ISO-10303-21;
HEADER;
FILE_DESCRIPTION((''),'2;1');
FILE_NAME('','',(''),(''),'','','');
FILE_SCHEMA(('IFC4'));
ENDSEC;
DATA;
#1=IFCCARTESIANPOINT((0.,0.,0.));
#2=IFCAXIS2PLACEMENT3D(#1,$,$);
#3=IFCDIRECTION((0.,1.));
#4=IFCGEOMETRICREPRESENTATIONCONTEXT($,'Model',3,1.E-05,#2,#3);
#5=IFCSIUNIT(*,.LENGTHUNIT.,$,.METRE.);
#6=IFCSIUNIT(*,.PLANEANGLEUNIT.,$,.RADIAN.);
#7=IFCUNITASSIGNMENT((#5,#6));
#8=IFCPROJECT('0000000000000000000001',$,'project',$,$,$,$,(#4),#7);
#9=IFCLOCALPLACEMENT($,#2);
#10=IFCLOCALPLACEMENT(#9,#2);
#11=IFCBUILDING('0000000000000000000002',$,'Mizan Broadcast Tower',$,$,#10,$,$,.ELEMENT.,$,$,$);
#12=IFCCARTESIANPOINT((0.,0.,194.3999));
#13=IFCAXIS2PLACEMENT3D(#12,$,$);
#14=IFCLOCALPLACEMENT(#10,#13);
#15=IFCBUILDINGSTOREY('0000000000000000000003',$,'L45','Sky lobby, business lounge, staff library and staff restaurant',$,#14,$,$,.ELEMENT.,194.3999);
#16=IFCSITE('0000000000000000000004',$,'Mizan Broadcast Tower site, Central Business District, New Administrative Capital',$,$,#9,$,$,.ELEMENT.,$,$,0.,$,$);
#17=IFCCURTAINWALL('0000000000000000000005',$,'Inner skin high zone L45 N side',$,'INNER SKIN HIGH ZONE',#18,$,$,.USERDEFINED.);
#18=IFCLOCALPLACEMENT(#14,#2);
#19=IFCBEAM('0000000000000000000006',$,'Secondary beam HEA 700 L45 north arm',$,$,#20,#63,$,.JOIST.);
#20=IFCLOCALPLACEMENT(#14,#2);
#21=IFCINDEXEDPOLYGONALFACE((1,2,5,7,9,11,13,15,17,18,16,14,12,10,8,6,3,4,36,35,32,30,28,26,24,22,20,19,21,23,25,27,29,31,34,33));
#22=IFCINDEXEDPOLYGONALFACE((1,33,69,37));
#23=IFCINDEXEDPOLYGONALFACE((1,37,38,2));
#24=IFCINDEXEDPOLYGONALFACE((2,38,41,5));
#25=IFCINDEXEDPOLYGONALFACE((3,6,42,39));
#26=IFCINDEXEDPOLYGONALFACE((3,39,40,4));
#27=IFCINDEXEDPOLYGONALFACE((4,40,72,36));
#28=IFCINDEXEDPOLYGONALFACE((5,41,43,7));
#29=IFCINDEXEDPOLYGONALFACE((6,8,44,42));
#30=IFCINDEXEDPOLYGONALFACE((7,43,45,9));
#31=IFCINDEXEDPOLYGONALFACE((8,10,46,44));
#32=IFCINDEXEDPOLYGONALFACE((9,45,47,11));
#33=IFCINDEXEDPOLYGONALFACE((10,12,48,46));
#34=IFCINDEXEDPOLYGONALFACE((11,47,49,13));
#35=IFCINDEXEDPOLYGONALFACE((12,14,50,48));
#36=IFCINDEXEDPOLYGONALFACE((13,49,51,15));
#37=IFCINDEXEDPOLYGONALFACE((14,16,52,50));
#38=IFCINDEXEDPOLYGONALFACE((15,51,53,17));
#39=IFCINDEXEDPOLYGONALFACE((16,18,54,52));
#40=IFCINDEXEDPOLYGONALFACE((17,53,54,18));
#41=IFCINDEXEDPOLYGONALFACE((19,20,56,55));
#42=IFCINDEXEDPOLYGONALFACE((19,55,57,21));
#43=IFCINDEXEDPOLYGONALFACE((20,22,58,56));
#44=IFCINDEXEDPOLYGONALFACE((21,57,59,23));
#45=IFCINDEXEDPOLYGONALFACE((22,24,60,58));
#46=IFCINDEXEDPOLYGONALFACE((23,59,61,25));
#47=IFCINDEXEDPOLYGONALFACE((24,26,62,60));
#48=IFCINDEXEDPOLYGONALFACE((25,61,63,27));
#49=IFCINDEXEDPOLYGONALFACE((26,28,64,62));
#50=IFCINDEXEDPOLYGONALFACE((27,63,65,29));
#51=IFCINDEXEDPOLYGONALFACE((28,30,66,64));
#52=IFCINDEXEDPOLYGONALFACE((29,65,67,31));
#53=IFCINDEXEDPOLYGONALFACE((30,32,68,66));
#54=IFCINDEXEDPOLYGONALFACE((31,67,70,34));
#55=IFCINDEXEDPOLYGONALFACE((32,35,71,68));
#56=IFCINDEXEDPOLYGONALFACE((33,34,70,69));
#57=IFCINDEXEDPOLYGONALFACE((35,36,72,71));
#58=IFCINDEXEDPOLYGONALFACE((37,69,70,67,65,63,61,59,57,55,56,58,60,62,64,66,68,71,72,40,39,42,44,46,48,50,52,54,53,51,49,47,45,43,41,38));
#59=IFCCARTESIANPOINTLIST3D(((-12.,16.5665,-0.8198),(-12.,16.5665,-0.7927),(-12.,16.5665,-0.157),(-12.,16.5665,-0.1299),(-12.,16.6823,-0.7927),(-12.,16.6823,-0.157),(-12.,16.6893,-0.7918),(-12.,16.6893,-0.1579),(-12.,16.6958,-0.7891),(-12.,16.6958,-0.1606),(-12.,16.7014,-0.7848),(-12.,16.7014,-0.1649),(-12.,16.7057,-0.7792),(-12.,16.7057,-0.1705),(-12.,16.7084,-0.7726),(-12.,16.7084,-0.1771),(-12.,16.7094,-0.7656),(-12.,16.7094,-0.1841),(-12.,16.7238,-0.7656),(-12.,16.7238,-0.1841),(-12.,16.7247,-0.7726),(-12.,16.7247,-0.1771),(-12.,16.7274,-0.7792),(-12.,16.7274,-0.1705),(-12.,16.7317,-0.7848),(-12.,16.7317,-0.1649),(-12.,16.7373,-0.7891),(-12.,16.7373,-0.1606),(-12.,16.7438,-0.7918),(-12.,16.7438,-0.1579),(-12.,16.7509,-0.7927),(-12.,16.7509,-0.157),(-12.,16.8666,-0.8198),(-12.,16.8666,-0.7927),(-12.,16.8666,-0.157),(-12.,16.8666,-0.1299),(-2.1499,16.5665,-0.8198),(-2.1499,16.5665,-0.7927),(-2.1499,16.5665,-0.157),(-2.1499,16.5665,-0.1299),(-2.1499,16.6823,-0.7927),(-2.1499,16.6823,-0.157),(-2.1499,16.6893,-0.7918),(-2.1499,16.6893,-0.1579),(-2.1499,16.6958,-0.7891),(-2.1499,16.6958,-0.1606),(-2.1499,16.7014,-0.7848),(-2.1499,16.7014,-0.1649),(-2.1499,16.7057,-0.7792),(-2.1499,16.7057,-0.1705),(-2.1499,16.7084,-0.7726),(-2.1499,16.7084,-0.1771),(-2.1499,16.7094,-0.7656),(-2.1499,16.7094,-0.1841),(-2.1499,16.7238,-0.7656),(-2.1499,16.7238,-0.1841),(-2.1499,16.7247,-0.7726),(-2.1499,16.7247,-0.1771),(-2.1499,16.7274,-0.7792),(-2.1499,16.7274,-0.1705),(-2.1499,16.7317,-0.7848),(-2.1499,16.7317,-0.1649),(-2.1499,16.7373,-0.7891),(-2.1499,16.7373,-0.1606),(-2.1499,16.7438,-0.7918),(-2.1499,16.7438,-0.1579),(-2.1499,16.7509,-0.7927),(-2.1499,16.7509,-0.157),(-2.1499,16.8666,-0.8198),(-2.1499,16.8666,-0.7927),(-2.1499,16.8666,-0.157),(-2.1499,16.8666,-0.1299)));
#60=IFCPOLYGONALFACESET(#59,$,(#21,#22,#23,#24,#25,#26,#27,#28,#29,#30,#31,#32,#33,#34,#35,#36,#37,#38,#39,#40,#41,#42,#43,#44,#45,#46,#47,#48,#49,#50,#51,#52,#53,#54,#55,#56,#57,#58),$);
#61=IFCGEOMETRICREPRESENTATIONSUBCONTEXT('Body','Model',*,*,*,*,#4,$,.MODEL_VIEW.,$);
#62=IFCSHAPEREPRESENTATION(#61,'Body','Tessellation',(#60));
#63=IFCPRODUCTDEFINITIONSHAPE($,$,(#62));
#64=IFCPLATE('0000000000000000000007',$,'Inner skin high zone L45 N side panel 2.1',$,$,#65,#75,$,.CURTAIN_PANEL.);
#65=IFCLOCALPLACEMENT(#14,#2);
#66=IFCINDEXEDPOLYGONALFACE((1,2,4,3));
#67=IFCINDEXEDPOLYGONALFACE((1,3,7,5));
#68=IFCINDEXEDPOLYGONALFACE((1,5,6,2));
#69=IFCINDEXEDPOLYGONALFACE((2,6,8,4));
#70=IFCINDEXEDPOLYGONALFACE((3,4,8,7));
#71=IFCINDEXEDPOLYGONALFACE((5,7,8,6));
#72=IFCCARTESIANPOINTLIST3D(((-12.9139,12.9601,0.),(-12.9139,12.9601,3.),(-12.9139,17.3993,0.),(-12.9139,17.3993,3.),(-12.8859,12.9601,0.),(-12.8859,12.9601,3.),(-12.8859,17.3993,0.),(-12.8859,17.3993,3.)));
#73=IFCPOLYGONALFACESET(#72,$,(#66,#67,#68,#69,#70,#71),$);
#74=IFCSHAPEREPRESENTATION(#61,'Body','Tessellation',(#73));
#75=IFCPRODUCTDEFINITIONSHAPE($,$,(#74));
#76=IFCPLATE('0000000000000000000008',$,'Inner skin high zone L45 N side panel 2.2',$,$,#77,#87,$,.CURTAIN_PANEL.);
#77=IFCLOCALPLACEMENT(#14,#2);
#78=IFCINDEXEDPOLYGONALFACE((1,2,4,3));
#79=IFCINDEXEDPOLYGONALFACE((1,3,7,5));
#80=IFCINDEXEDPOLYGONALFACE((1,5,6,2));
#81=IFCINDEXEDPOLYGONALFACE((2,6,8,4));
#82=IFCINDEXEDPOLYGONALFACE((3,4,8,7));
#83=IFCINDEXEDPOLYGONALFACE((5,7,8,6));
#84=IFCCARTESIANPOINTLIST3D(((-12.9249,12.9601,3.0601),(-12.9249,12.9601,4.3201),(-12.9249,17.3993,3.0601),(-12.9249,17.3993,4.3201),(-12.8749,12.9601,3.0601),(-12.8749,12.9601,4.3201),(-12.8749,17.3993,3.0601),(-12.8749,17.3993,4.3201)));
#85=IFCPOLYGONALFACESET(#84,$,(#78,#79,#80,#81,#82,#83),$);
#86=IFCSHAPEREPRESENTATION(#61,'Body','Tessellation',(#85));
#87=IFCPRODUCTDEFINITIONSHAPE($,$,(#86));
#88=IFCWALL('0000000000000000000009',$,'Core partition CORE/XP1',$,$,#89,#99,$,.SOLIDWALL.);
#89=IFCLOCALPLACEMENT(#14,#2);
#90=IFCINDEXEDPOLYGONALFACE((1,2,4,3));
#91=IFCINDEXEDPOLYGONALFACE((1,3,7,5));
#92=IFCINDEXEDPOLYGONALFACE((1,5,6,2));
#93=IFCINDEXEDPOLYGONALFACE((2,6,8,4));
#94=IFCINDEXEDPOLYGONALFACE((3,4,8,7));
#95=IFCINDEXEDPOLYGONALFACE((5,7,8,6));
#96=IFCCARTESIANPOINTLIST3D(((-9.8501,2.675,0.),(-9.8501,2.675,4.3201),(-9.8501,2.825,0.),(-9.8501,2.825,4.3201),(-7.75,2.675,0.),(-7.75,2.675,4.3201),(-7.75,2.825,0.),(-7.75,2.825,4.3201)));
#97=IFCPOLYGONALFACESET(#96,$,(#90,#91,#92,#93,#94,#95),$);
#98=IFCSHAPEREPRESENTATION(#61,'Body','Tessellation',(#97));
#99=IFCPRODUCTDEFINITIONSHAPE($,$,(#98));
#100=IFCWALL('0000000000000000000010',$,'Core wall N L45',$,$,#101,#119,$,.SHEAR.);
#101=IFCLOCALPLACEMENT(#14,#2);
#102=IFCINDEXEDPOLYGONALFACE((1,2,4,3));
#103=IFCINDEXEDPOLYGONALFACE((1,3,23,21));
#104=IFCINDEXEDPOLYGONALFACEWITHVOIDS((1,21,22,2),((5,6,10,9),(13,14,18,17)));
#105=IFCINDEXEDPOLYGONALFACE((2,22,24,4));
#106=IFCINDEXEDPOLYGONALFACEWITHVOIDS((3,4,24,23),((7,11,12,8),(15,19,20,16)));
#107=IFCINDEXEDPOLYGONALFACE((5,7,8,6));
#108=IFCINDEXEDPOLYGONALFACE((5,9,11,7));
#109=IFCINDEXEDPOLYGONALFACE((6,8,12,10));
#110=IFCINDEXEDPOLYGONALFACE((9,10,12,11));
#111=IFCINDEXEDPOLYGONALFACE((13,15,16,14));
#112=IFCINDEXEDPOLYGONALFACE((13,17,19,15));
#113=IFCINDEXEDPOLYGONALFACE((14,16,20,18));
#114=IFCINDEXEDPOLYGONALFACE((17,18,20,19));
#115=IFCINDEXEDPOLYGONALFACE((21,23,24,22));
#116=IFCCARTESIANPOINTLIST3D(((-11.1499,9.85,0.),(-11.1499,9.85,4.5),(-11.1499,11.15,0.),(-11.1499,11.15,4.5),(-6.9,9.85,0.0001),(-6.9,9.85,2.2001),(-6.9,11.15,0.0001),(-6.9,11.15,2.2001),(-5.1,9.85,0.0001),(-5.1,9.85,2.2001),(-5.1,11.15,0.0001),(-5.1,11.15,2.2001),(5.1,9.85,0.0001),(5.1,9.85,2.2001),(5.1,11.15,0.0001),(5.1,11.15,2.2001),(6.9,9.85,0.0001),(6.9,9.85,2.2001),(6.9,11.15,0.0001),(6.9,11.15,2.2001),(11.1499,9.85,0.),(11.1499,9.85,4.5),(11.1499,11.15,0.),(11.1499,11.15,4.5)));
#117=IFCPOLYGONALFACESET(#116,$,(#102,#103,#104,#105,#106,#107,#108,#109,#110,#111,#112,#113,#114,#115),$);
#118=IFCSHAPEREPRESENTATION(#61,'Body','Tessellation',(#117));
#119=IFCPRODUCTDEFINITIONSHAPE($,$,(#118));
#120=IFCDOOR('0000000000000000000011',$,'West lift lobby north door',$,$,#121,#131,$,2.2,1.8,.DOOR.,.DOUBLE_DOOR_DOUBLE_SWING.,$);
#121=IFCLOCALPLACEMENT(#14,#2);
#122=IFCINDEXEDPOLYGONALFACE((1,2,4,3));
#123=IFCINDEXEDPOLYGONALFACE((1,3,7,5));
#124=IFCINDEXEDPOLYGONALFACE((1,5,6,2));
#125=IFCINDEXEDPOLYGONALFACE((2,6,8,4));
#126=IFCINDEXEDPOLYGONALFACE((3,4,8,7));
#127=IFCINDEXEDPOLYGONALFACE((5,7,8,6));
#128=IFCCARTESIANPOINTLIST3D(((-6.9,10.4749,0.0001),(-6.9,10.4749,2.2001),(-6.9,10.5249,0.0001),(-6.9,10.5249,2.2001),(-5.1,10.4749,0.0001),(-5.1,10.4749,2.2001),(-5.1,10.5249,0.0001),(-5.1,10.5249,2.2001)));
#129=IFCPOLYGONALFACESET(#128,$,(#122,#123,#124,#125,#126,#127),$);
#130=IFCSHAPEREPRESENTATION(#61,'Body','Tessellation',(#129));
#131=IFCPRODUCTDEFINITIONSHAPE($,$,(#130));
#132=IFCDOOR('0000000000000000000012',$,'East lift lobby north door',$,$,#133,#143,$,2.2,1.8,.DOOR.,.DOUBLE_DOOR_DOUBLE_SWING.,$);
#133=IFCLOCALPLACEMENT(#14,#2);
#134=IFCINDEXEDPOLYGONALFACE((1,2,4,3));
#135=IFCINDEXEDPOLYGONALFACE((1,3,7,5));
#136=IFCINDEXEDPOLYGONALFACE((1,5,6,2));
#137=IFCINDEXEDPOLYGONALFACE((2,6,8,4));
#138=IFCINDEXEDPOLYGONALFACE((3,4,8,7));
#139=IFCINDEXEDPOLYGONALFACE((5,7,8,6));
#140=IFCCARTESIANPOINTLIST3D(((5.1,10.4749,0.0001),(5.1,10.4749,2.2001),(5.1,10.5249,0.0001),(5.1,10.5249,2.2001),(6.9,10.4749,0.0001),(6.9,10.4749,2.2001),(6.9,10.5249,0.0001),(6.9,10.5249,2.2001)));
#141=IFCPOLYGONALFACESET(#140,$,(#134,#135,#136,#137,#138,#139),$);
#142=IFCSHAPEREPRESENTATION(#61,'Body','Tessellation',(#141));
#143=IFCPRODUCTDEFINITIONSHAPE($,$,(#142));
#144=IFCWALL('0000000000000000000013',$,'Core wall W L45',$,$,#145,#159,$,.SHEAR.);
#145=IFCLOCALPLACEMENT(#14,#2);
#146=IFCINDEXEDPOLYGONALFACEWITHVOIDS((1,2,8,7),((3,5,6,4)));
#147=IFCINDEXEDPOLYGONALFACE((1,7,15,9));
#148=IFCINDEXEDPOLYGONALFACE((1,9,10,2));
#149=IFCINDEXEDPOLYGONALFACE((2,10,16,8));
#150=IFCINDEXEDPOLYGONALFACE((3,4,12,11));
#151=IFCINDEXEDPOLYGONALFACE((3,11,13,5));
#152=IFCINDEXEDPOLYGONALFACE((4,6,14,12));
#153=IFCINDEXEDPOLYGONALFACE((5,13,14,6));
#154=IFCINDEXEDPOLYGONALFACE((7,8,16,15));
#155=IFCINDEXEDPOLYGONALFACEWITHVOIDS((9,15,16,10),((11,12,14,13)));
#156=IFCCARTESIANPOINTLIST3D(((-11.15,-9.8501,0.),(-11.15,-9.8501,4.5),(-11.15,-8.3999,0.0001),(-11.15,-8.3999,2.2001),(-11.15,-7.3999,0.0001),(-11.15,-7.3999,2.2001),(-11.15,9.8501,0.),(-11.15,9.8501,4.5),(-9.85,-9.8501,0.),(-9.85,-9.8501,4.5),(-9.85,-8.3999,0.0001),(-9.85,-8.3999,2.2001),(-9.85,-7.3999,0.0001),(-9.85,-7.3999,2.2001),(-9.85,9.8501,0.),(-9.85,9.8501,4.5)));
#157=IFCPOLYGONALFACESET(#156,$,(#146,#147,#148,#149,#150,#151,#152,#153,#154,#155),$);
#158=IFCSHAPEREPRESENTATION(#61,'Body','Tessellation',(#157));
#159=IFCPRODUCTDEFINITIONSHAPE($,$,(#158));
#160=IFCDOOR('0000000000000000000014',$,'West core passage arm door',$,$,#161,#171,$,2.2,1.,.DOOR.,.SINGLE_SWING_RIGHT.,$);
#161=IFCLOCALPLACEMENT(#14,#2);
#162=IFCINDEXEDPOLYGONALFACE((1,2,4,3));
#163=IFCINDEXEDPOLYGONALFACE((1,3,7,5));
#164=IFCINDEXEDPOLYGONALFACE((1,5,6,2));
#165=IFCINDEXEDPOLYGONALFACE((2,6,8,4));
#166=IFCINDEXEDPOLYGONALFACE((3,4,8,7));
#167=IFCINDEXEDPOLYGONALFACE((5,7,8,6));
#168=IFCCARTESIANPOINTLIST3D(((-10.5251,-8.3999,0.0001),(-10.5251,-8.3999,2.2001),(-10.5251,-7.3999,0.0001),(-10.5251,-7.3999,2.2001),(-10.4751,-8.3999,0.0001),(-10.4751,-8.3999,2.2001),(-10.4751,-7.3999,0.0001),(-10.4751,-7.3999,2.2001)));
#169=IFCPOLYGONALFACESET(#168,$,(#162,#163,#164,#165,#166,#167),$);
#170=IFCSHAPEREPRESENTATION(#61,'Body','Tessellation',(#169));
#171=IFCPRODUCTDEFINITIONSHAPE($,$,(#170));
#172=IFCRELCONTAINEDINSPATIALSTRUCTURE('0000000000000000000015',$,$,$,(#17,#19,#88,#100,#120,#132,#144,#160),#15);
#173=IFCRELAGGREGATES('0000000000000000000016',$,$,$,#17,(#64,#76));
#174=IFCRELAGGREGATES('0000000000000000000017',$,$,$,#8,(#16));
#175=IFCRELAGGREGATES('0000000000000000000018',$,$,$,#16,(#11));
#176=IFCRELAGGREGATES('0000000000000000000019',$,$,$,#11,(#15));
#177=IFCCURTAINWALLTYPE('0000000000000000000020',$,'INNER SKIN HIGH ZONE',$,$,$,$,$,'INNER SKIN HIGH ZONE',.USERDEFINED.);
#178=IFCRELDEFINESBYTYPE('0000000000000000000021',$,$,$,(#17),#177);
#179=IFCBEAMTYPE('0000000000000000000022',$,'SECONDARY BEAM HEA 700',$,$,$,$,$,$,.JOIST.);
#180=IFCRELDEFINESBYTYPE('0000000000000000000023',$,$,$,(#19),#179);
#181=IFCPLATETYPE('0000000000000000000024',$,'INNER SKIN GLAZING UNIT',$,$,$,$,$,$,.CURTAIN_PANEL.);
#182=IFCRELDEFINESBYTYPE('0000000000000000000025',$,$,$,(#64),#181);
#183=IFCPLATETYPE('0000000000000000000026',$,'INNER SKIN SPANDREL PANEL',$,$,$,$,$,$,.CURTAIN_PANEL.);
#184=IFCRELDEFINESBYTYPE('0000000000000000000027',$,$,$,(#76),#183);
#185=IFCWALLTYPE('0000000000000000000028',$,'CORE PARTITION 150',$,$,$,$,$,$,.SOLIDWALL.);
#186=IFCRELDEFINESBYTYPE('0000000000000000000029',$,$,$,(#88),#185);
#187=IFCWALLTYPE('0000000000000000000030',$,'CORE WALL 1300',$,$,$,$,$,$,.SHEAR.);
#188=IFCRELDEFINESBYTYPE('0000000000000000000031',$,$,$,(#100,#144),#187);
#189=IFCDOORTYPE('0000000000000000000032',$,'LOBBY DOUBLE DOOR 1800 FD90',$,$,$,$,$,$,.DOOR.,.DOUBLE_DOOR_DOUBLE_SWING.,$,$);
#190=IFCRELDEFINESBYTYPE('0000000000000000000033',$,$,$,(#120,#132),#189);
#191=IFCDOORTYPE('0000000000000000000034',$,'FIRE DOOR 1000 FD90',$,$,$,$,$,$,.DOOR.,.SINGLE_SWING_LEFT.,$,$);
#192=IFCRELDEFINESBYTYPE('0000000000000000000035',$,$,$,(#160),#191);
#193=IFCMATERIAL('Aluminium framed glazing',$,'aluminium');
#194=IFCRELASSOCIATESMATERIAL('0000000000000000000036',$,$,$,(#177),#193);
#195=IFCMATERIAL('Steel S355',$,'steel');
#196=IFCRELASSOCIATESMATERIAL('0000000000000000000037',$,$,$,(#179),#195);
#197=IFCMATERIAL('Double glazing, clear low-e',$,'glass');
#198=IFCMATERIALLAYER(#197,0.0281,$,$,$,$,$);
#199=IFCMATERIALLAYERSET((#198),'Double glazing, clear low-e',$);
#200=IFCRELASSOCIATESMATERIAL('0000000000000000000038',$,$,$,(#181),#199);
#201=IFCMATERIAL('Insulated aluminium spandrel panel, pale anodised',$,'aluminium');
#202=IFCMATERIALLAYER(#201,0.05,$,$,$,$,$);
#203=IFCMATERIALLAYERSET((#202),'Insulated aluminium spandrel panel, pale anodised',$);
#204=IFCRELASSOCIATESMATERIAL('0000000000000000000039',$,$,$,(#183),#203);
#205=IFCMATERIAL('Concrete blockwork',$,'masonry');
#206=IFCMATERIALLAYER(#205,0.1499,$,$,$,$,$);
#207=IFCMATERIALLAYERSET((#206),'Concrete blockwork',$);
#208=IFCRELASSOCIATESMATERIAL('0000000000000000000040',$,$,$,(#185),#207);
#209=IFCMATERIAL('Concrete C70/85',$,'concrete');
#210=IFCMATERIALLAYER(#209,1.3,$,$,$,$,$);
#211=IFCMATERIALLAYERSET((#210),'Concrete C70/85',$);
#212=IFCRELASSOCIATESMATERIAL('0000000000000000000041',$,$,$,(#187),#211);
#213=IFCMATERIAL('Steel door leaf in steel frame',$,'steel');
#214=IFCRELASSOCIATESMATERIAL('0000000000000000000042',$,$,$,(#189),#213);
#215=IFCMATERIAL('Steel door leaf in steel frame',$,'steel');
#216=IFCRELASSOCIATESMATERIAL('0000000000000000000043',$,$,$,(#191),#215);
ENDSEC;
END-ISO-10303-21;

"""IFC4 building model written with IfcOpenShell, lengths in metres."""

from ifc_helpers import new_model, si_unit, direction, frame, frame_2d, origin, origin_2d, place, context, subcontext, project, spatial, rectangle, i_section, extrude, material, layer, layer_set, material_profile, profile_set, type_object, element, fill, aggregate, save


model = new_model("IFC4")

# Units and contexts
model_context = context("Model", 3, precision=1e-05, world=origin(), true_north=direction((0.0, 1.0)))
body_context = subcontext(model_context, "Body", "Model", "MODEL_VIEW")
ifc_project = project(units=[si_unit("LENGTHUNIT", "METRE"), si_unit("PLANEANGLEUNIT", "RADIAN")], contexts=[model_context])

# Site, building, storey
site_placement = place(None, origin())
site = spatial("IfcSite", under=ifc_project, at=site_placement, Name="Mizan Broadcast Tower site, Central Business District, New Administrative Capital", CompositionType="ELEMENT", RefElevation=0.0)
building_placement = place(site_placement, origin())
building = spatial("IfcBuilding", under=site, at=building_placement, Name="Mizan Broadcast Tower", CompositionType="ELEMENT")
storey_placement = place(building_placement, frame((0.0, 0.0, 194.3999)))
storey = spatial("IfcBuildingStorey", under=building, at=storey_placement, Name="L45", Description="Sky lobby, business lounge, staff library and staff restaurant", CompositionType="ELEMENT", Elevation=194.3999)

# Curtain wall
ifc_material_1 = material(Name="Aluminium framed glazing", Category="aluminium")
curtain_wall_type = type_object("IfcCurtainWallType", Name="INNER SKIN HIGH ZONE", ElementType="INNER SKIN HIGH ZONE", PredefinedType="USERDEFINED", material=ifc_material_1)
curtain_wall_1_placement = place(storey_placement, origin())
curtain_wall_1 = element("IfcCurtainWall", 1, at=curtain_wall_1_placement, inside=storey, type_object=curtain_wall_type, Name="Inner skin high zone L45 N side", ObjectType="INNER SKIN HIGH ZONE", PredefinedType="USERDEFINED")

# Beam
ifc_material_2 = material(Name="Steel S355", Category="steel")
ifc_material_profile_1 = material_profile(ifc_material_2, i_section(OverallWidth=0.3, OverallDepth=0.6899, WebThickness=0.0144, FlangeThickness=0.0271, FilletRadius=0.0271, at=origin_2d()), Name="HEA 700")
ifc_profile_set_1 = profile_set([ifc_material_profile_1], Name="Steel S355")
beam_type_1 = type_object("IfcBeamType", Name="SECONDARY BEAM HEA 700", PredefinedType="JOIST", material=ifc_profile_set_1)
for number, where, z_axis, x_axis, name in (
    (2, (-12.0, 16.7166, -0.4749), (1.0, 0.0, 0.0), (0.0, 1.0, 0.0), "Secondary beam HEA 700 L45 north arm"),
):
    element("IfcBeam", number, at=place(storey_placement, frame(where, z_axis=z_axis, x_axis=x_axis)), inside=storey, type_object=beam_type_1, Name=name, PredefinedType="JOIST", context=body_context, shape_type="SweptSolid", body=[
        extrude(i_section(OverallWidth=0.3, OverallDepth=0.6899, WebThickness=0.0144, FlangeThickness=0.0271, FilletRadius=0.0271, at=origin_2d()), origin(), (0.0, 0.0, 1.0), 9.8501),
    ])

# Plates
ifc_material_3 = material(Name="Double glazing, clear low-e", Category="glass")
ifc_layer_1 = layer(ifc_material_3, 0.0281)
ifc_layer_set_1 = layer_set([ifc_layer_1], Name="Double glazing, clear low-e")
plate_type_1 = type_object("IfcPlateType", Name="INNER SKIN GLAZING UNIT", PredefinedType="CURTAIN_PANEL", material=ifc_layer_set_1)
plate_1_placement = place(storey_placement, frame((-12.8999, 15.1797, 0.0), z_axis=(0.0, 0.0, 1.0), x_axis=(0.0, -1.0, 0.0)))
plate_1 = element("IfcPlate", 3, at=plate_1_placement, type_object=plate_type_1, Name="Inner skin high zone L45 N side panel 2.1", PredefinedType="CURTAIN_PANEL", context=body_context, shape_type="SweptSolid", body=[
    extrude(rectangle(XDim=4.4392, YDim=0.0281, at=origin_2d()), origin(), (0.0, 0.0, 1.0), 3.0),
])
ifc_material_4 = material(Name="Insulated aluminium spandrel panel, pale anodised", Category="aluminium")
ifc_layer_2 = layer(ifc_material_4, 0.05)
ifc_layer_set_2 = layer_set([ifc_layer_2], Name="Insulated aluminium spandrel panel, pale anodised")
plate_type_2 = type_object("IfcPlateType", Name="INNER SKIN SPANDREL PANEL", PredefinedType="CURTAIN_PANEL", material=ifc_layer_set_2)
plate_2_placement = place(storey_placement, frame((-12.8999, 15.1797, 3.0601), z_axis=(0.0, 0.0, 1.0), x_axis=(0.0, -1.0, 0.0)))
plate_2 = element("IfcPlate", 4, at=plate_2_placement, type_object=plate_type_2, Name="Inner skin high zone L45 N side panel 2.2", PredefinedType="CURTAIN_PANEL", context=body_context, shape_type="SweptSolid", body=[
    extrude(rectangle(XDim=4.4392, YDim=0.05, at=origin_2d()), origin(), (0.0, 0.0, 1.0), 1.26),
])
aggregate(curtain_wall_1, [plate_1, plate_2])

# Wall
ifc_material_5 = material(Name="Concrete blockwork", Category="masonry")
ifc_layer_3 = layer(ifc_material_5, 0.1499)
ifc_layer_set_3 = layer_set([ifc_layer_3], Name="Concrete blockwork")
wall_type_1 = type_object("IfcWallType", Name="CORE PARTITION 150", PredefinedType="SOLIDWALL", material=ifc_layer_set_3)
wall_1_placement = place(storey_placement, frame((-9.8501, 2.75, 0.0), z_axis=(0.0, 0.0, 1.0), x_axis=(1.0, 0.0, 0.0)))
element("IfcWall", 5, at=wall_1_placement, inside=storey, type_object=wall_type_1, Name="Core partition CORE/XP1", PredefinedType="SOLIDWALL", context=body_context, shape_type="SweptSolid", body=[
    extrude(rectangle(XDim=2.1001, YDim=0.1499, at=frame_2d((1.05, 0.0))), origin(), (0.0, 0.0, 1.0), 4.3201),
])

# Wall, openings, doors
ifc_material_6 = material(Name="Concrete C70/85", Category="concrete")
ifc_layer_4 = layer(ifc_material_6, 1.3)
ifc_layer_set_4 = layer_set([ifc_layer_4], Name="Concrete C70/85")
wall_type_2 = type_object("IfcWallType", Name="CORE WALL 1300", PredefinedType="SHEAR", material=ifc_layer_set_4)
wall_2_placement = place(storey_placement, frame((-11.1499, 10.5, 0.0), z_axis=(0.0, 0.0, 1.0), x_axis=(1.0, 0.0, 0.0)))
wall_2 = element("IfcWall", 6, at=wall_2_placement, inside=storey, type_object=wall_type_2, Name="Core wall N L45", PredefinedType="SHEAR", context=body_context, shape_type="SweptSolid", body=[
    extrude(rectangle(XDim=22.2998, YDim=1.3, at=frame_2d((11.1499, 0.0))), origin(), (0.0, 0.0, 1.0), 4.5),
])
opening_1_placement = place(wall_2_placement, frame((4.25, 0.0, 0.0)))
opening_1 = element("IfcOpeningElement", 7, at=opening_1_placement, cuts=wall_2, PredefinedType="OPENING", context=body_context, shape_type="SweptSolid", body=[
    extrude(rectangle(XDim=1.8, YDim=2.2, at=frame_2d((0.8999, 1.1001))), frame((0.0, 0.6599, 0.0), z_axis=(0.0, -1.0, 0.0), x_axis=(1.0, 0.0, 0.0)), (0.0, 0.0, 1.0), 1.3201),
])
opening_2_placement = place(wall_2_placement, frame((16.25, 0.0, 0.0)))
opening_2 = element("IfcOpeningElement", 8, at=opening_2_placement, cuts=wall_2, PredefinedType="OPENING", context=body_context, shape_type="SweptSolid", body=[
    extrude(rectangle(XDim=1.8, YDim=2.2, at=frame_2d((0.8999, 1.1001))), frame((0.0, 0.6599, 0.0), z_axis=(0.0, -1.0, 0.0), x_axis=(1.0, 0.0, 0.0)), (0.0, 0.0, 1.0), 1.3201),
])
ifc_material_7 = material(Name="Steel door leaf in steel frame", Category="steel")
door_type_1 = type_object("IfcDoorType", Name="LOBBY DOUBLE DOOR 1800 FD90", OperationType="DOUBLE_DOOR_DOUBLE_SWING", PredefinedType="DOOR", material=ifc_material_7)
door_1_placement = place(opening_1_placement, origin())
door_1 = element("IfcDoor", 9, at=door_1_placement, inside=storey, type_object=door_type_1, Name="West lift lobby north door", OperationType="DOUBLE_DOOR_DOUBLE_SWING", OverallHeight=2.2, OverallWidth=1.8, PredefinedType="DOOR", context=body_context, shape_type="SweptSolid", body=[
    extrude(rectangle(XDim=1.8, YDim=2.2, at=frame_2d((0.8999, 1.1001))), frame((0.0, 0.0249, 0.0), z_axis=(0.0, -1.0, 0.0), x_axis=(1.0, 0.0, 0.0)), (0.0, 0.0, 1.0), 0.05),
])
fill(opening_1, door_1)
door_2_placement = place(opening_2_placement, origin())
door_2 = element("IfcDoor", 10, at=door_2_placement, inside=storey, type_object=door_type_1, Name="East lift lobby north door", OperationType="DOUBLE_DOOR_DOUBLE_SWING", OverallHeight=2.2, OverallWidth=1.8, PredefinedType="DOOR", context=body_context, shape_type="SweptSolid", body=[
    extrude(rectangle(XDim=1.8, YDim=2.2, at=frame_2d((0.8999, 1.1001))), frame((0.0, 0.0249, 0.0), z_axis=(0.0, -1.0, 0.0), x_axis=(1.0, 0.0, 0.0)), (0.0, 0.0, 1.0), 0.05),
])
fill(opening_2, door_2)

# Wall, opening, door
wall_3_placement = place(storey_placement, frame((-10.5, 9.8501, 0.0), z_axis=(0.0, 0.0, 1.0), x_axis=(0.0, -1.0, 0.0)))
wall_3 = element("IfcWall", 11, at=wall_3_placement, inside=storey, type_object=wall_type_2, Name="Core wall W L45", PredefinedType="SHEAR", context=body_context, shape_type="SweptSolid", body=[
    extrude(rectangle(XDim=19.7002, YDim=1.3, at=frame_2d((9.8501, 0.0))), origin(), (0.0, 0.0, 1.0), 4.5),
])
opening_3_placement = place(wall_3_placement, frame((17.25, 0.0, 0.0)))
opening_3 = element("IfcOpeningElement", 12, at=opening_3_placement, cuts=wall_3, PredefinedType="OPENING", context=body_context, shape_type="SweptSolid", body=[
    extrude(rectangle(XDim=1.0, YDim=2.2, at=frame_2d((0.5, 1.1001))), frame((0.0, 0.6599, 0.0), z_axis=(0.0, -1.0, 0.0), x_axis=(1.0, 0.0, 0.0)), (0.0, 0.0, 1.0), 1.3201),
])
ifc_material_8 = material(Name="Steel door leaf in steel frame", Category="steel")
door_type_2 = type_object("IfcDoorType", Name="FIRE DOOR 1000 FD90", OperationType="SINGLE_SWING_LEFT", PredefinedType="DOOR", material=ifc_material_8)
door_3_placement = place(opening_3_placement, origin())
door_3 = element("IfcDoor", 13, at=door_3_placement, inside=storey, type_object=door_type_2, Name="West core passage arm door", OperationType="SINGLE_SWING_RIGHT", OverallHeight=2.2, OverallWidth=1.0, PredefinedType="DOOR", context=body_context, shape_type="SweptSolid", body=[
    extrude(rectangle(XDim=1.0, YDim=2.2, at=frame_2d((0.5, 1.1001))), frame((0.0, 0.0249, 0.0), z_axis=(0.0, -1.0, 0.0), x_axis=(1.0, 0.0, 0.0)), (0.0, 0.0, 1.0), 0.05),
])
fill(opening_3, door_3)

save(model, "model.ifc")
